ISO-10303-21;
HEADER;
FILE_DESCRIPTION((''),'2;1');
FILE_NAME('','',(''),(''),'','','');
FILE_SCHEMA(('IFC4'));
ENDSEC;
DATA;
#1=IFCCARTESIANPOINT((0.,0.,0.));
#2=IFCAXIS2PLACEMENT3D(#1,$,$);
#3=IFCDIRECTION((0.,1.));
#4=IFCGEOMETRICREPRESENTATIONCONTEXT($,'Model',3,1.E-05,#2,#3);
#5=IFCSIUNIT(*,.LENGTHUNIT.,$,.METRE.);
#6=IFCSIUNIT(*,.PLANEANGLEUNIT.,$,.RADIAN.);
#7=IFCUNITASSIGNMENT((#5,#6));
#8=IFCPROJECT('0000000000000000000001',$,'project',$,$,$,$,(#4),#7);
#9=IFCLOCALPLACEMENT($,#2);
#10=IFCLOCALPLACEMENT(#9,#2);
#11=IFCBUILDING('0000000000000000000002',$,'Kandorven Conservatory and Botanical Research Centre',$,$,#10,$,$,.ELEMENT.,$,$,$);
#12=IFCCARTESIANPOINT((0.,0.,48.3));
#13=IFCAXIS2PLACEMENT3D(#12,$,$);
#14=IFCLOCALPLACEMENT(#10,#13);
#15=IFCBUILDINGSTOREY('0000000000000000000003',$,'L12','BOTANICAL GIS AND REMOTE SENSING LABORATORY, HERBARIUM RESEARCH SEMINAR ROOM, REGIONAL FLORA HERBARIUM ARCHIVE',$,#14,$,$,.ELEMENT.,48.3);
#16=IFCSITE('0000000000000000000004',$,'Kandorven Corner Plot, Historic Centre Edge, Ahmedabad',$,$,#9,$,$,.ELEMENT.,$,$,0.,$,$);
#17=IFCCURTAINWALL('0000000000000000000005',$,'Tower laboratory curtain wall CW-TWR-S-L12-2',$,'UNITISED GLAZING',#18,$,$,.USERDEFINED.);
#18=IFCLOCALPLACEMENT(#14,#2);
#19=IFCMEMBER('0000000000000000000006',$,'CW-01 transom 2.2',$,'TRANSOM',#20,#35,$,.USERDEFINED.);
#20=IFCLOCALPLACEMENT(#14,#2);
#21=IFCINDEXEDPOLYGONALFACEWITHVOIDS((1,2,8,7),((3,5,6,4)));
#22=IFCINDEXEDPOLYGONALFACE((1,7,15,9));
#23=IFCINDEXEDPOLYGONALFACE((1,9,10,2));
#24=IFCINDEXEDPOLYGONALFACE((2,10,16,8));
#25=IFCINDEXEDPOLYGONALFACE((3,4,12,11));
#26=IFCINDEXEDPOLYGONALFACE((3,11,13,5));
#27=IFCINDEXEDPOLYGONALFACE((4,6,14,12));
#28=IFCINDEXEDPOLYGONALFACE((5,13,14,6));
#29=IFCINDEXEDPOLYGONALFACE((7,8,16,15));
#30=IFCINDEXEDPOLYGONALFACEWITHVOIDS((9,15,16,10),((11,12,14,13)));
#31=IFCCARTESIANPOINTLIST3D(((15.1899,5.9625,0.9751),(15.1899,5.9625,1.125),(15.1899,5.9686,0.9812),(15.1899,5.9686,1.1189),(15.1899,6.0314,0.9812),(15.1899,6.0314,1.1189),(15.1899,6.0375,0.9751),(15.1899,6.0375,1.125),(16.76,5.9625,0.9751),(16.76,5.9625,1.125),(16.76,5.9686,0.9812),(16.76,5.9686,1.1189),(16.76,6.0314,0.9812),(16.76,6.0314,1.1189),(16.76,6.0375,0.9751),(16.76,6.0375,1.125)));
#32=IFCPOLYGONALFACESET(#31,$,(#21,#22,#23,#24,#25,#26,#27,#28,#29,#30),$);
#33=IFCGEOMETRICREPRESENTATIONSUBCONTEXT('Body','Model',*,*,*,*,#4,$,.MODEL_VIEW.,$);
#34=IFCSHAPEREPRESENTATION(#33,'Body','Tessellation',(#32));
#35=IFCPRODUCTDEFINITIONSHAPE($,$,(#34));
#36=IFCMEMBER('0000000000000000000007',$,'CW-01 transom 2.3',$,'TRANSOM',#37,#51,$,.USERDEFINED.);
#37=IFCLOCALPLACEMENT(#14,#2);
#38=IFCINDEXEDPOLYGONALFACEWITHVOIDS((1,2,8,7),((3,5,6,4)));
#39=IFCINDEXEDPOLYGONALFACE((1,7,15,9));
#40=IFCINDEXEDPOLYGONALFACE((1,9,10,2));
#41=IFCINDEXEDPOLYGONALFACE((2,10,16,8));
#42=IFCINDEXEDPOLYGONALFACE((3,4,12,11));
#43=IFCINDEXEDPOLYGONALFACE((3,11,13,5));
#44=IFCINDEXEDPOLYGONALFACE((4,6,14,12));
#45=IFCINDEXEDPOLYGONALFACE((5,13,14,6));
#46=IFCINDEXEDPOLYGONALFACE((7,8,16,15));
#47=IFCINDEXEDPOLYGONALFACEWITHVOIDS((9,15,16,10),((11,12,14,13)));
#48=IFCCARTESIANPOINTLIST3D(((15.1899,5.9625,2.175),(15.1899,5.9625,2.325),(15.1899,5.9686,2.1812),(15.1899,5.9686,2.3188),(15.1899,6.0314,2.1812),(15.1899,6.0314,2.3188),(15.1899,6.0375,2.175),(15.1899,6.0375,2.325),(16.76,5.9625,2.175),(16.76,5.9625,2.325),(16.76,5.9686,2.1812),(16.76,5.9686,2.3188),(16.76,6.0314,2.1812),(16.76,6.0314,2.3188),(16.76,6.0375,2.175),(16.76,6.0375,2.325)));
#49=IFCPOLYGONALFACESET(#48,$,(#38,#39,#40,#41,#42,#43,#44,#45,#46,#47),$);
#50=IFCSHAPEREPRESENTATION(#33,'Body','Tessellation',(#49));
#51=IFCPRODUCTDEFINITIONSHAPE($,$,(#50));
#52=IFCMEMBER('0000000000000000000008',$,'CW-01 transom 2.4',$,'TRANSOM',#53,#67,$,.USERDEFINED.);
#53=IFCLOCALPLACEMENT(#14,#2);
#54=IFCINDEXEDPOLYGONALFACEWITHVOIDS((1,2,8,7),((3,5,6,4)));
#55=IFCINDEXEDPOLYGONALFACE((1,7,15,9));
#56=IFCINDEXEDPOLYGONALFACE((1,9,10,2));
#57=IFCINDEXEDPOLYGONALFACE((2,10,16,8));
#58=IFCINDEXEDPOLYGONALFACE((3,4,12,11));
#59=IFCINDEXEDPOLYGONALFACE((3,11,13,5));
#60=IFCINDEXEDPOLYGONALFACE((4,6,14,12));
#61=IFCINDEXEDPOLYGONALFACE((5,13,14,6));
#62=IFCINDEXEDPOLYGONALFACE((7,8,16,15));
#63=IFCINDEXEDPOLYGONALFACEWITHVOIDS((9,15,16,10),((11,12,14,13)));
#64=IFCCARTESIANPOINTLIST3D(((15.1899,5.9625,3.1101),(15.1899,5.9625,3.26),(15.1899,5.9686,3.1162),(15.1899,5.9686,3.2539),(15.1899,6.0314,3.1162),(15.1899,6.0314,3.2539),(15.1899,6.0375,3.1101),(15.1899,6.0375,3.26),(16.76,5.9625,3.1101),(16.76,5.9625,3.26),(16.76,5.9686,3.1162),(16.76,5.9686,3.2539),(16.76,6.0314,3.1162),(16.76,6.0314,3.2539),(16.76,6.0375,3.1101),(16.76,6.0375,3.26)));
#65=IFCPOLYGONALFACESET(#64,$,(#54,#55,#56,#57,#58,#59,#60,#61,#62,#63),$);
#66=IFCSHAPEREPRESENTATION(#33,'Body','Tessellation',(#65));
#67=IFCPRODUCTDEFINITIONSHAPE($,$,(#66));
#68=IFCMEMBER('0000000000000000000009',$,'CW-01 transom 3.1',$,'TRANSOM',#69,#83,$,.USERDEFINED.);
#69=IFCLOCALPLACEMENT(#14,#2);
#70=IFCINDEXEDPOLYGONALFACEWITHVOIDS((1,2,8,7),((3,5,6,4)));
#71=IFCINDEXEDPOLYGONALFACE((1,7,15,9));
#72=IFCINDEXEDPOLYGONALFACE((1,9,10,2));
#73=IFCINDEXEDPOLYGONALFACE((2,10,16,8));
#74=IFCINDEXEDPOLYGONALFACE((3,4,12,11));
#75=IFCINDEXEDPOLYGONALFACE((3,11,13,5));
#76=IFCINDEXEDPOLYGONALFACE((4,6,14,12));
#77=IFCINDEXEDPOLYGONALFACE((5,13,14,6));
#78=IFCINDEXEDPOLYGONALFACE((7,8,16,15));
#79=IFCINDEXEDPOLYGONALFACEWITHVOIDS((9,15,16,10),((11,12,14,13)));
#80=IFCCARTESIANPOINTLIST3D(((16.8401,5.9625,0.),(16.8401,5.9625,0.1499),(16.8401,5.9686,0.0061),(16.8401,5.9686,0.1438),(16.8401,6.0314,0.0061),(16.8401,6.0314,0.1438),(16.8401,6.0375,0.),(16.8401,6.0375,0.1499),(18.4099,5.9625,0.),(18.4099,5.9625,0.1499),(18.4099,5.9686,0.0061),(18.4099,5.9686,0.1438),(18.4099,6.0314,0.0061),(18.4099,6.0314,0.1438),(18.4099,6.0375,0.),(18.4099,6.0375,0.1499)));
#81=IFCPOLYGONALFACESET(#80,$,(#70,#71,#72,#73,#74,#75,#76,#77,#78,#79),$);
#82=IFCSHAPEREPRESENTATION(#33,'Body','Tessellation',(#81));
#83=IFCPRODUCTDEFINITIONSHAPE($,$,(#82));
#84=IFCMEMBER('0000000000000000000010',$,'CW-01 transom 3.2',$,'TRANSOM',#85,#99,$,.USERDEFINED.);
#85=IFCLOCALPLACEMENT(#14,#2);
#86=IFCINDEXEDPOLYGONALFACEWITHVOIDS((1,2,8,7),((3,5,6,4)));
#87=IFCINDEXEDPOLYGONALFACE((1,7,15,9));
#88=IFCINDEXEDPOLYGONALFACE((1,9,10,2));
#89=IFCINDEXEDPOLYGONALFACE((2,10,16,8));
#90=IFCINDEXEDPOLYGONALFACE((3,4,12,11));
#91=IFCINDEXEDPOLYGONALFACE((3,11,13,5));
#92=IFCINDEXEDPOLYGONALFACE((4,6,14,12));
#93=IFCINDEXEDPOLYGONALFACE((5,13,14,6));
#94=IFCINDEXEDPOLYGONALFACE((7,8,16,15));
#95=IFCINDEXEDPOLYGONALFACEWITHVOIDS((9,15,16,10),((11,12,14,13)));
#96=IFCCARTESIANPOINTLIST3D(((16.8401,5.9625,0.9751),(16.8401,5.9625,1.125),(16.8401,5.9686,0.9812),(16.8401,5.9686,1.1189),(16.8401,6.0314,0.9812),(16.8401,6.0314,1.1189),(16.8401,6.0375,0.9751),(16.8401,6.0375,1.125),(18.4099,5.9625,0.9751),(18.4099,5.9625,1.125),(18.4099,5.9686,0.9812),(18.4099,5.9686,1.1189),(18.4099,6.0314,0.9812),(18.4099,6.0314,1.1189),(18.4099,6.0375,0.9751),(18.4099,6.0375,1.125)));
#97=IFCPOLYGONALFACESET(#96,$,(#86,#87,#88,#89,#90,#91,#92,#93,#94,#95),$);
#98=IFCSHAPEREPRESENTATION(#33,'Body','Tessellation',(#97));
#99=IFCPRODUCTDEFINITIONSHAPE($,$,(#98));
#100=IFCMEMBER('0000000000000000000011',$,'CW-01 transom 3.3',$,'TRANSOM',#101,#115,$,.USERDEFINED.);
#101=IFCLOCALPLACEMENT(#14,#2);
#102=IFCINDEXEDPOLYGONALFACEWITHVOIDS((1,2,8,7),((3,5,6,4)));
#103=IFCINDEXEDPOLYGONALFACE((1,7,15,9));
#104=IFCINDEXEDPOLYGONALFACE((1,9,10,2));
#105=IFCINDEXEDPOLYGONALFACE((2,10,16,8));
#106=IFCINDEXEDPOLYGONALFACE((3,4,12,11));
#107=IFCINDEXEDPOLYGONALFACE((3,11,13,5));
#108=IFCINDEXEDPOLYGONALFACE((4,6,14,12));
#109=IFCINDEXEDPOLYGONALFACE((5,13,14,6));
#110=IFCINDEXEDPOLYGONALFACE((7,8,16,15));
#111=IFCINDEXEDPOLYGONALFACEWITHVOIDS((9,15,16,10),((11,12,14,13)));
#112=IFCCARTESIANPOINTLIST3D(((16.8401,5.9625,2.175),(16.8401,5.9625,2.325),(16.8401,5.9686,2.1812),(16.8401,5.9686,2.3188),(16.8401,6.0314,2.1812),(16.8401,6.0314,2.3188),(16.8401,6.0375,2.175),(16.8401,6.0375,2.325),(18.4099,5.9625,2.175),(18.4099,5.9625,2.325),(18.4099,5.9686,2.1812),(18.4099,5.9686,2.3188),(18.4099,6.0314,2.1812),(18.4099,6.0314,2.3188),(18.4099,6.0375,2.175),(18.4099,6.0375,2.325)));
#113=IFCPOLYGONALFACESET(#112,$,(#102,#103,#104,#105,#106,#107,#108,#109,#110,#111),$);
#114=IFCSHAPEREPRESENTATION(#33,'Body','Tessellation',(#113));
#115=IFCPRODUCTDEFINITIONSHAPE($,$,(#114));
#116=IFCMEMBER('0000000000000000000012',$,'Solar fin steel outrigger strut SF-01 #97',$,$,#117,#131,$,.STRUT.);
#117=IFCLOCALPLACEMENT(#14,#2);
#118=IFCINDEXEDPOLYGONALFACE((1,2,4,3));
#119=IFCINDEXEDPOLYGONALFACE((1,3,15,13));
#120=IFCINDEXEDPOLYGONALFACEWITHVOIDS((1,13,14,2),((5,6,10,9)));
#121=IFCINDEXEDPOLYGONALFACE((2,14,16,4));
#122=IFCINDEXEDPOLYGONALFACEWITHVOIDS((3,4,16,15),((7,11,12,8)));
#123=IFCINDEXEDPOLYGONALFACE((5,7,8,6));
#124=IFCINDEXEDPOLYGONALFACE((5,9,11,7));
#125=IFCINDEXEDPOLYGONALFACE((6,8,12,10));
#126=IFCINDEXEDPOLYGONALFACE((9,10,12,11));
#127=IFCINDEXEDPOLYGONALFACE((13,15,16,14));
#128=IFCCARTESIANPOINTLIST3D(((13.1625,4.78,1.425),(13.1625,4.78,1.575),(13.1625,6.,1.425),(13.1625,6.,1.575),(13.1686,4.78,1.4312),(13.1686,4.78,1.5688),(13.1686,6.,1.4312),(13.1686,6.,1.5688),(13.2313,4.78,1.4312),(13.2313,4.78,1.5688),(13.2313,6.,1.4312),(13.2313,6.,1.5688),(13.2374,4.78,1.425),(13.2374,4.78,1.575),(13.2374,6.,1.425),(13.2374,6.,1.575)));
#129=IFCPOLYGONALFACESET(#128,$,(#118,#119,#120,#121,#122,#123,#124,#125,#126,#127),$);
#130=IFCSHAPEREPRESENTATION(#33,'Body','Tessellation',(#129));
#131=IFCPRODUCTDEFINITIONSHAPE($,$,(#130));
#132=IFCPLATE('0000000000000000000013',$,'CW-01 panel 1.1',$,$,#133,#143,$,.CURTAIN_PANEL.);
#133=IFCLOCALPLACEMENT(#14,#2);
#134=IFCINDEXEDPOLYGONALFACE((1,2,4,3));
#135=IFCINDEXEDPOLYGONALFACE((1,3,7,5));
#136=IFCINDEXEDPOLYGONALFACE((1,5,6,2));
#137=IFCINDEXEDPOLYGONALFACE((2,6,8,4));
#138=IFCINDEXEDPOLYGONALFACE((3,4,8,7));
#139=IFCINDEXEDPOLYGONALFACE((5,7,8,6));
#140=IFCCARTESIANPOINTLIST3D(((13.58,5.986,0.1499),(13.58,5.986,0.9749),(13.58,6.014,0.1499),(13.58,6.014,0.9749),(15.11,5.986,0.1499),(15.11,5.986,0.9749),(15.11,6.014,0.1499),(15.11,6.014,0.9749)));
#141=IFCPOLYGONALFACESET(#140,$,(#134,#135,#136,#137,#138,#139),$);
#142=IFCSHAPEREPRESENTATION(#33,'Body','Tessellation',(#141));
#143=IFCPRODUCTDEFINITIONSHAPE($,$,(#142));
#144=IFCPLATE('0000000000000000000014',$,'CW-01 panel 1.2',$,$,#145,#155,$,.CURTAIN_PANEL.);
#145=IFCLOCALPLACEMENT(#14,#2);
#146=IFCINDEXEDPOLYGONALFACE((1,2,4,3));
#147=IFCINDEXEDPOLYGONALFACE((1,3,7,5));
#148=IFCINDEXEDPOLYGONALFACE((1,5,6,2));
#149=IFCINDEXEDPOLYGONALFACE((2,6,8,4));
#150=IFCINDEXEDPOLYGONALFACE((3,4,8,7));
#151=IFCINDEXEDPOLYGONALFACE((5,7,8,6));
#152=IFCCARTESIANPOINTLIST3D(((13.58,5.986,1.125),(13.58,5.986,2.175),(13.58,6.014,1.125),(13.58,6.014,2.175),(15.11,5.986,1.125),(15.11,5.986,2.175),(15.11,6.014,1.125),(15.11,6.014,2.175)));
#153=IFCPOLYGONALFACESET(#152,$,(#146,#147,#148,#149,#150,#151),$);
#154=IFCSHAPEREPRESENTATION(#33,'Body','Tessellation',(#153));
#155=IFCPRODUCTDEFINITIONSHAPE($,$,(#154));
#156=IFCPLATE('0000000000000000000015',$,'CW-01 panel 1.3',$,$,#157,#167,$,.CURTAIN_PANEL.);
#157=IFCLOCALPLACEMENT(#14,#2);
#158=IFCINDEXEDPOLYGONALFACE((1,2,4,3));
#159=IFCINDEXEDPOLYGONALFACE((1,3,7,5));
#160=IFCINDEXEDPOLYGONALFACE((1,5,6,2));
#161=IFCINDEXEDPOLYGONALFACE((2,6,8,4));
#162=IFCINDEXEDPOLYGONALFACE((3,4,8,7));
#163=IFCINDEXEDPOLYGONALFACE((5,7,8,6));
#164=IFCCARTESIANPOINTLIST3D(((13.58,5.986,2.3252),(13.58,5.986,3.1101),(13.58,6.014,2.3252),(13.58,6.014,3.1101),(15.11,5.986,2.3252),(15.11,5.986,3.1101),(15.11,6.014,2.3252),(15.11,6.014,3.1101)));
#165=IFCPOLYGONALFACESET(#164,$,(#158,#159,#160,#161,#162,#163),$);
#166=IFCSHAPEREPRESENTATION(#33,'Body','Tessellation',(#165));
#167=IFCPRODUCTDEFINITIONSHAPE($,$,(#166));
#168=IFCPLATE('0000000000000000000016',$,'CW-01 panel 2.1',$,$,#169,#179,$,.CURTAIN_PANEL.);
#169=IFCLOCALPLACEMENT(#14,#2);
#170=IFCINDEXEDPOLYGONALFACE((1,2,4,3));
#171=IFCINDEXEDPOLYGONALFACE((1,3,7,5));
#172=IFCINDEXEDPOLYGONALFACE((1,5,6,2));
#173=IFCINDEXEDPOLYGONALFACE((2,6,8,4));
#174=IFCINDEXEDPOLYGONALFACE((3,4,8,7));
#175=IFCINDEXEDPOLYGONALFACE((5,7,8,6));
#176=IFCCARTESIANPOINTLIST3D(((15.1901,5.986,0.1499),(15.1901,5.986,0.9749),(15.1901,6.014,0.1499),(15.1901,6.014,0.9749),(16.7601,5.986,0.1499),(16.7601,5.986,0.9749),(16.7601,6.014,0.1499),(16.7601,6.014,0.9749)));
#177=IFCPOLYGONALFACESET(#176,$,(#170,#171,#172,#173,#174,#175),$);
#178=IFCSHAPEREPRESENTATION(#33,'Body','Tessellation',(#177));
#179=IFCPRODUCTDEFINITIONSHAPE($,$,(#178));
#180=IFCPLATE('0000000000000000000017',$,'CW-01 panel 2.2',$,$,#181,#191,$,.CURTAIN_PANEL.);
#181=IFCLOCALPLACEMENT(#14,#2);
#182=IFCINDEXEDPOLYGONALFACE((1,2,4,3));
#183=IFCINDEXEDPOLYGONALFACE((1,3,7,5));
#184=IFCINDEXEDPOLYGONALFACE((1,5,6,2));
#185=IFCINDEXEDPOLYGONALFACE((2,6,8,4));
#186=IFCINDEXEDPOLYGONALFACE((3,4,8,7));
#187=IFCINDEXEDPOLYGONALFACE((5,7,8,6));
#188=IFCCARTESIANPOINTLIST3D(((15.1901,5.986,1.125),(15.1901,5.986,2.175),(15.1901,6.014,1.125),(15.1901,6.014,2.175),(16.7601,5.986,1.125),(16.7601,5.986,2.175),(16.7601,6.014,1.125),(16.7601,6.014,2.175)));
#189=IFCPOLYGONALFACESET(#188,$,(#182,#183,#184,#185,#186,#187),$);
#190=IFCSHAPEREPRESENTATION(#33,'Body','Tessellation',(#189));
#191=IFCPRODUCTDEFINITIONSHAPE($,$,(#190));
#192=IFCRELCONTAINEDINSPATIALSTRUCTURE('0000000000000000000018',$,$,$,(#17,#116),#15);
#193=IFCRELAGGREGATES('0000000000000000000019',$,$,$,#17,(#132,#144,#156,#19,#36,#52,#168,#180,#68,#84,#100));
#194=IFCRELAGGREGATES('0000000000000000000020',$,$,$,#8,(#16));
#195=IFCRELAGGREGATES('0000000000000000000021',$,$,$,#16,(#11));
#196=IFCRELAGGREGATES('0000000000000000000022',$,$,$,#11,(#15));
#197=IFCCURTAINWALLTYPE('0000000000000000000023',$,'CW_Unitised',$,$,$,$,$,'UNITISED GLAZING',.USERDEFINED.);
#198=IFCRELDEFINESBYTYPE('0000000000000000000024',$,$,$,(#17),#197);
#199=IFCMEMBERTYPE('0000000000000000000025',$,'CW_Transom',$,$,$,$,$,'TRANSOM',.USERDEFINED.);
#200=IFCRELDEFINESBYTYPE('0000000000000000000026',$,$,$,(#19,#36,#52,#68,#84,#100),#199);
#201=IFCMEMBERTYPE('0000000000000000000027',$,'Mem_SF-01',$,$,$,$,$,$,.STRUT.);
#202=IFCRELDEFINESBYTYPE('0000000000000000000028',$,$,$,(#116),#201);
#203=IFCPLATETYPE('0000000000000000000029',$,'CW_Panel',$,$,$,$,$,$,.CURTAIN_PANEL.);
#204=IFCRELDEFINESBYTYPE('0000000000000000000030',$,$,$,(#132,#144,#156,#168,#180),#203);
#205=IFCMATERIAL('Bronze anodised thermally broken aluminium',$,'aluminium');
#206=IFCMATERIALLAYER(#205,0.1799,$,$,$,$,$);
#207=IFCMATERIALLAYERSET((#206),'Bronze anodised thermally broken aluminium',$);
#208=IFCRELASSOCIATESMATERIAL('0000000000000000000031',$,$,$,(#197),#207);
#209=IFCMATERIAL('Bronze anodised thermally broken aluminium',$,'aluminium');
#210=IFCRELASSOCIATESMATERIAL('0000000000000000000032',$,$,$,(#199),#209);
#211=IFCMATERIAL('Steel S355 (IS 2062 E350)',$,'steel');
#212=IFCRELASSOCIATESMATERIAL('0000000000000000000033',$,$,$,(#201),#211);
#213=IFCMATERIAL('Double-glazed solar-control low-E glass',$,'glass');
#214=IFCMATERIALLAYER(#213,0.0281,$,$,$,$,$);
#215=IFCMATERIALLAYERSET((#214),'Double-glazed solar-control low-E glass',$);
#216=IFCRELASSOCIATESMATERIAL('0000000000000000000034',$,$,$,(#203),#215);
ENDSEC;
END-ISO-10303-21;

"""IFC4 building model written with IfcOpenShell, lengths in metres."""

from ifc_helpers import new_model, si_unit, direction, frame, origin, origin_2d, place, context, subcontext, project, spatial, rectangle, hollow_rectangle, extrude, material, layer, layer_set, material_profile, profile_set, type_object, element, aggregate, save


model = new_model("IFC4")

# Units and contexts
model_context = context("Model", 3, precision=1e-05, world=origin(), true_north=direction((0.0, 1.0)))
body_context = subcontext(model_context, "Body", "Model", "MODEL_VIEW")
ifc_project = project(units=[si_unit("LENGTHUNIT", "METRE"), si_unit("PLANEANGLEUNIT", "RADIAN")], contexts=[model_context])

# Site, building, storey
site_placement = place(None, origin())
site = spatial("IfcSite", under=ifc_project, at=site_placement, Name="Kandorven Corner Plot, Historic Centre Edge, Ahmedabad", CompositionType="ELEMENT", RefElevation=0.0)
building_placement = place(site_placement, origin())
building = spatial("IfcBuilding", under=site, at=building_placement, Name="Kandorven Conservatory and Botanical Research Centre", CompositionType="ELEMENT")
storey_placement = place(building_placement, frame((0.0, 0.0, 48.3)))
storey = spatial("IfcBuildingStorey", under=building, at=storey_placement, Name="L12", Description="BOTANICAL GIS AND REMOTE SENSING LABORATORY, HERBARIUM RESEARCH SEMINAR ROOM, REGIONAL FLORA HERBARIUM ARCHIVE", CompositionType="ELEMENT", Elevation=48.3)

# Curtain wall, members
ifc_material_1 = material(Name="Bronze anodised thermally broken aluminium", Category="aluminium")
ifc_layer_1 = layer(ifc_material_1, 0.1799)
ifc_layer_set_1 = layer_set([ifc_layer_1], Name="Bronze anodised thermally broken aluminium")
curtain_wall_type = type_object("IfcCurtainWallType", Name="CW_Unitised", ElementType="UNITISED GLAZING", PredefinedType="USERDEFINED", material=ifc_layer_set_1)
curtain_wall_placement = place(storey_placement, origin())
curtain_wall = element("IfcCurtainWall", 1, at=curtain_wall_placement, inside=storey, type_object=curtain_wall_type, Name="Tower laboratory curtain wall CW-TWR-S-L12-2", ObjectType="UNITISED GLAZING", PredefinedType="USERDEFINED")
ifc_material_2 = material(Name="Bronze anodised thermally broken aluminium", Category="aluminium")
ifc_material_profile_1 = material_profile(ifc_material_2, hollow_rectangle(XDim=0.075, YDim=0.1499, WallThickness=0.0061, at=origin_2d()))
ifc_profile_set_1 = profile_set([ifc_material_profile_1], Name="Bronze anodised thermally broken aluminium")
member_type_1 = type_object("IfcMemberType", Name="CW_Transom", ElementType="TRANSOM", PredefinedType="USERDEFINED", material=ifc_profile_set_1)
member_1_placement = place(storey_placement, frame((15.1899, 6.0, 1.05), z_axis=(1.0, 0.0, 0.0), x_axis=(0.0, 1.0, 0.0)))
member_1 = element("IfcMember", 2, at=member_1_placement, type_object=member_type_1, Name="CW-01 transom 2.2", ObjectType="TRANSOM", PredefinedType="USERDEFINED", context=body_context, shape_type="SweptSolid", body=[
    extrude(hollow_rectangle(XDim=0.075, YDim=0.1499, WallThickness=0.0061, at=origin_2d()), origin(), (0.0, 0.0, 1.0), 1.5701),
])
member_2_placement = place(storey_placement, frame((15.1899, 6.0, 2.25), z_axis=(1.0, 0.0, 0.0), x_axis=(0.0, 1.0, 0.0)))
member_2 = element("IfcMember", 3, at=member_2_placement, type_object=member_type_1, Name="CW-01 transom 2.3", ObjectType="TRANSOM", PredefinedType="USERDEFINED", context=body_context, shape_type="SweptSolid", body=[
    extrude(hollow_rectangle(XDim=0.075, YDim=0.1499, WallThickness=0.0061, at=origin_2d()), origin(), (0.0, 0.0, 1.0), 1.5701),
])
member_3_placement = place(storey_placement, frame((15.1899, 6.0, 3.1851), z_axis=(1.0, 0.0, 0.0), x_axis=(0.0, 1.0, 0.0)))
member_3 = element("IfcMember", 4, at=member_3_placement, type_object=member_type_1, Name="CW-01 transom 2.4", ObjectType="TRANSOM", PredefinedType="USERDEFINED", context=body_context, shape_type="SweptSolid", body=[
    extrude(hollow_rectangle(XDim=0.075, YDim=0.1499, WallThickness=0.0061, at=origin_2d()), origin(), (0.0, 0.0, 1.0), 1.5701),
])
member_4_placement = place(storey_placement, frame((16.8401, 6.0, 0.075), z_axis=(1.0, 0.0, 0.0), x_axis=(0.0, 1.0, 0.0)))
member_4 = element("IfcMember", 5, at=member_4_placement, type_object=member_type_1, Name="CW-01 transom 3.1", ObjectType="TRANSOM", PredefinedType="USERDEFINED", context=body_context, shape_type="SweptSolid", body=[
    extrude(hollow_rectangle(XDim=0.075, YDim=0.1499, WallThickness=0.0061, at=origin_2d()), origin(), (0.0, 0.0, 1.0), 1.5698),
])
member_5_placement = place(storey_placement, frame((16.8401, 6.0, 1.05), z_axis=(1.0, 0.0, 0.0), x_axis=(0.0, 1.0, 0.0)))
member_5 = element("IfcMember", 6, at=member_5_placement, type_object=member_type_1, Name="CW-01 transom 3.2", ObjectType="TRANSOM", PredefinedType="USERDEFINED", context=body_context, shape_type="SweptSolid", body=[
    extrude(hollow_rectangle(XDim=0.075, YDim=0.1499, WallThickness=0.0061, at=origin_2d()), origin(), (0.0, 0.0, 1.0), 1.5698),
])
member_6_placement = place(storey_placement, frame((16.8401, 6.0, 2.25), z_axis=(1.0, 0.0, 0.0), x_axis=(0.0, 1.0, 0.0)))
member_6 = element("IfcMember", 7, at=member_6_placement, type_object=member_type_1, Name="CW-01 transom 3.3", ObjectType="TRANSOM", PredefinedType="USERDEFINED", context=body_context, shape_type="SweptSolid", body=[
    extrude(hollow_rectangle(XDim=0.075, YDim=0.1499, WallThickness=0.0061, at=origin_2d()), origin(), (0.0, 0.0, 1.0), 1.5698),
])

# Member
ifc_material_3 = material(Name="Steel S355 (IS 2062 E350)", Category="steel")
ifc_material_profile_2 = material_profile(ifc_material_3, hollow_rectangle(XDim=0.075, YDim=0.1499, WallThickness=0.0061, at=origin_2d()))
ifc_profile_set_2 = profile_set([ifc_material_profile_2], Name="Steel S355 (IS 2062 E350)")
member_type_2 = type_object("IfcMemberType", Name="Mem_SF-01", PredefinedType="STRUT", material=ifc_profile_set_2)
member_7_placement = place(storey_placement, frame((13.2, 6.0, 1.5), z_axis=(0.0, -1.0, 0.0), x_axis=(1.0, 0.0, 0.0)))
element("IfcMember", 8, at=member_7_placement, inside=storey, type_object=member_type_2, Name="Solar fin steel outrigger strut SF-01 #97", PredefinedType="STRUT", context=body_context, shape_type="SweptSolid", body=[
    extrude(hollow_rectangle(XDim=0.075, YDim=0.1499, WallThickness=0.0061, at=origin_2d()), origin(), (0.0, 0.0, 1.0), 1.22),
])

# Plates
ifc_material_4 = material(Name="Double-glazed solar-control low-E glass", Category="glass")
ifc_layer_2 = layer(ifc_material_4, 0.0281)
ifc_layer_set_2 = layer_set([ifc_layer_2], Name="Double-glazed solar-control low-E glass")
plate_type_1 = type_object("IfcPlateType", Name="CW_Panel", PredefinedType="CURTAIN_PANEL", material=ifc_layer_set_2)
plate_1_placement = place(storey_placement, frame((14.345, 6.0, 0.1499), z_axis=(0.0, 0.0, 1.0), x_axis=(1.0, 0.0, 0.0)))
plate_1 = element("IfcPlate", 9, at=plate_1_placement, type_object=plate_type_1, Name="CW-01 panel 1.1", PredefinedType="CURTAIN_PANEL", context=body_context, shape_type="SweptSolid", body=[
    extrude(rectangle(XDim=1.53, YDim=0.0281, at=origin_2d()), origin(), (0.0, 0.0, 1.0), 0.825),
])
plate_2_placement = place(storey_placement, frame((14.345, 6.0, 1.125), z_axis=(0.0, 0.0, 1.0), x_axis=(1.0, 0.0, 0.0)))
plate_2 = element("IfcPlate", 10, at=plate_2_placement, type_object=plate_type_1, Name="CW-01 panel 1.2", PredefinedType="CURTAIN_PANEL", context=body_context, shape_type="SweptSolid", body=[
    extrude(rectangle(XDim=1.53, YDim=0.0281, at=origin_2d()), origin(), (0.0, 0.0, 1.0), 1.05),
])
plate_3_placement = place(storey_placement, frame((14.345, 6.0, 2.3252), z_axis=(0.0, 0.0, 1.0), x_axis=(1.0, 0.0, 0.0)))
plate_3 = element("IfcPlate", 11, at=plate_3_placement, type_object=plate_type_1, Name="CW-01 panel 1.3", PredefinedType="CURTAIN_PANEL", context=body_context, shape_type="SweptSolid", body=[
    extrude(rectangle(XDim=1.53, YDim=0.0281, at=origin_2d()), origin(), (0.0, 0.0, 1.0), 0.7849),
])
plate_4_placement = place(storey_placement, frame((15.9751, 6.0, 0.1499), z_axis=(0.0, 0.0, 1.0), x_axis=(1.0, 0.0, 0.0)))
plate_4 = element("IfcPlate", 12, at=plate_4_placement, type_object=plate_type_1, Name="CW-01 panel 2.1", PredefinedType="CURTAIN_PANEL", context=body_context, shape_type="SweptSolid", body=[
    extrude(rectangle(XDim=1.5701, YDim=0.0281, at=origin_2d()), origin(), (0.0, 0.0, 1.0), 0.825),
])
plate_5_placement = place(storey_placement, frame((15.9751, 6.0, 1.125), z_axis=(0.0, 0.0, 1.0), x_axis=(1.0, 0.0, 0.0)))
plate_5 = element("IfcPlate", 13, at=plate_5_placement, type_object=plate_type_1, Name="CW-01 panel 2.2", PredefinedType="CURTAIN_PANEL", context=body_context, shape_type="SweptSolid", body=[
    extrude(rectangle(XDim=1.5701, YDim=0.0281, at=origin_2d()), origin(), (0.0, 0.0, 1.0), 1.05),
])
aggregate(curtain_wall, [plate_1, plate_2, plate_3, member_1, member_2, member_3, plate_4, plate_5, member_4, member_5, member_6])

save(model, "model.ifc")
